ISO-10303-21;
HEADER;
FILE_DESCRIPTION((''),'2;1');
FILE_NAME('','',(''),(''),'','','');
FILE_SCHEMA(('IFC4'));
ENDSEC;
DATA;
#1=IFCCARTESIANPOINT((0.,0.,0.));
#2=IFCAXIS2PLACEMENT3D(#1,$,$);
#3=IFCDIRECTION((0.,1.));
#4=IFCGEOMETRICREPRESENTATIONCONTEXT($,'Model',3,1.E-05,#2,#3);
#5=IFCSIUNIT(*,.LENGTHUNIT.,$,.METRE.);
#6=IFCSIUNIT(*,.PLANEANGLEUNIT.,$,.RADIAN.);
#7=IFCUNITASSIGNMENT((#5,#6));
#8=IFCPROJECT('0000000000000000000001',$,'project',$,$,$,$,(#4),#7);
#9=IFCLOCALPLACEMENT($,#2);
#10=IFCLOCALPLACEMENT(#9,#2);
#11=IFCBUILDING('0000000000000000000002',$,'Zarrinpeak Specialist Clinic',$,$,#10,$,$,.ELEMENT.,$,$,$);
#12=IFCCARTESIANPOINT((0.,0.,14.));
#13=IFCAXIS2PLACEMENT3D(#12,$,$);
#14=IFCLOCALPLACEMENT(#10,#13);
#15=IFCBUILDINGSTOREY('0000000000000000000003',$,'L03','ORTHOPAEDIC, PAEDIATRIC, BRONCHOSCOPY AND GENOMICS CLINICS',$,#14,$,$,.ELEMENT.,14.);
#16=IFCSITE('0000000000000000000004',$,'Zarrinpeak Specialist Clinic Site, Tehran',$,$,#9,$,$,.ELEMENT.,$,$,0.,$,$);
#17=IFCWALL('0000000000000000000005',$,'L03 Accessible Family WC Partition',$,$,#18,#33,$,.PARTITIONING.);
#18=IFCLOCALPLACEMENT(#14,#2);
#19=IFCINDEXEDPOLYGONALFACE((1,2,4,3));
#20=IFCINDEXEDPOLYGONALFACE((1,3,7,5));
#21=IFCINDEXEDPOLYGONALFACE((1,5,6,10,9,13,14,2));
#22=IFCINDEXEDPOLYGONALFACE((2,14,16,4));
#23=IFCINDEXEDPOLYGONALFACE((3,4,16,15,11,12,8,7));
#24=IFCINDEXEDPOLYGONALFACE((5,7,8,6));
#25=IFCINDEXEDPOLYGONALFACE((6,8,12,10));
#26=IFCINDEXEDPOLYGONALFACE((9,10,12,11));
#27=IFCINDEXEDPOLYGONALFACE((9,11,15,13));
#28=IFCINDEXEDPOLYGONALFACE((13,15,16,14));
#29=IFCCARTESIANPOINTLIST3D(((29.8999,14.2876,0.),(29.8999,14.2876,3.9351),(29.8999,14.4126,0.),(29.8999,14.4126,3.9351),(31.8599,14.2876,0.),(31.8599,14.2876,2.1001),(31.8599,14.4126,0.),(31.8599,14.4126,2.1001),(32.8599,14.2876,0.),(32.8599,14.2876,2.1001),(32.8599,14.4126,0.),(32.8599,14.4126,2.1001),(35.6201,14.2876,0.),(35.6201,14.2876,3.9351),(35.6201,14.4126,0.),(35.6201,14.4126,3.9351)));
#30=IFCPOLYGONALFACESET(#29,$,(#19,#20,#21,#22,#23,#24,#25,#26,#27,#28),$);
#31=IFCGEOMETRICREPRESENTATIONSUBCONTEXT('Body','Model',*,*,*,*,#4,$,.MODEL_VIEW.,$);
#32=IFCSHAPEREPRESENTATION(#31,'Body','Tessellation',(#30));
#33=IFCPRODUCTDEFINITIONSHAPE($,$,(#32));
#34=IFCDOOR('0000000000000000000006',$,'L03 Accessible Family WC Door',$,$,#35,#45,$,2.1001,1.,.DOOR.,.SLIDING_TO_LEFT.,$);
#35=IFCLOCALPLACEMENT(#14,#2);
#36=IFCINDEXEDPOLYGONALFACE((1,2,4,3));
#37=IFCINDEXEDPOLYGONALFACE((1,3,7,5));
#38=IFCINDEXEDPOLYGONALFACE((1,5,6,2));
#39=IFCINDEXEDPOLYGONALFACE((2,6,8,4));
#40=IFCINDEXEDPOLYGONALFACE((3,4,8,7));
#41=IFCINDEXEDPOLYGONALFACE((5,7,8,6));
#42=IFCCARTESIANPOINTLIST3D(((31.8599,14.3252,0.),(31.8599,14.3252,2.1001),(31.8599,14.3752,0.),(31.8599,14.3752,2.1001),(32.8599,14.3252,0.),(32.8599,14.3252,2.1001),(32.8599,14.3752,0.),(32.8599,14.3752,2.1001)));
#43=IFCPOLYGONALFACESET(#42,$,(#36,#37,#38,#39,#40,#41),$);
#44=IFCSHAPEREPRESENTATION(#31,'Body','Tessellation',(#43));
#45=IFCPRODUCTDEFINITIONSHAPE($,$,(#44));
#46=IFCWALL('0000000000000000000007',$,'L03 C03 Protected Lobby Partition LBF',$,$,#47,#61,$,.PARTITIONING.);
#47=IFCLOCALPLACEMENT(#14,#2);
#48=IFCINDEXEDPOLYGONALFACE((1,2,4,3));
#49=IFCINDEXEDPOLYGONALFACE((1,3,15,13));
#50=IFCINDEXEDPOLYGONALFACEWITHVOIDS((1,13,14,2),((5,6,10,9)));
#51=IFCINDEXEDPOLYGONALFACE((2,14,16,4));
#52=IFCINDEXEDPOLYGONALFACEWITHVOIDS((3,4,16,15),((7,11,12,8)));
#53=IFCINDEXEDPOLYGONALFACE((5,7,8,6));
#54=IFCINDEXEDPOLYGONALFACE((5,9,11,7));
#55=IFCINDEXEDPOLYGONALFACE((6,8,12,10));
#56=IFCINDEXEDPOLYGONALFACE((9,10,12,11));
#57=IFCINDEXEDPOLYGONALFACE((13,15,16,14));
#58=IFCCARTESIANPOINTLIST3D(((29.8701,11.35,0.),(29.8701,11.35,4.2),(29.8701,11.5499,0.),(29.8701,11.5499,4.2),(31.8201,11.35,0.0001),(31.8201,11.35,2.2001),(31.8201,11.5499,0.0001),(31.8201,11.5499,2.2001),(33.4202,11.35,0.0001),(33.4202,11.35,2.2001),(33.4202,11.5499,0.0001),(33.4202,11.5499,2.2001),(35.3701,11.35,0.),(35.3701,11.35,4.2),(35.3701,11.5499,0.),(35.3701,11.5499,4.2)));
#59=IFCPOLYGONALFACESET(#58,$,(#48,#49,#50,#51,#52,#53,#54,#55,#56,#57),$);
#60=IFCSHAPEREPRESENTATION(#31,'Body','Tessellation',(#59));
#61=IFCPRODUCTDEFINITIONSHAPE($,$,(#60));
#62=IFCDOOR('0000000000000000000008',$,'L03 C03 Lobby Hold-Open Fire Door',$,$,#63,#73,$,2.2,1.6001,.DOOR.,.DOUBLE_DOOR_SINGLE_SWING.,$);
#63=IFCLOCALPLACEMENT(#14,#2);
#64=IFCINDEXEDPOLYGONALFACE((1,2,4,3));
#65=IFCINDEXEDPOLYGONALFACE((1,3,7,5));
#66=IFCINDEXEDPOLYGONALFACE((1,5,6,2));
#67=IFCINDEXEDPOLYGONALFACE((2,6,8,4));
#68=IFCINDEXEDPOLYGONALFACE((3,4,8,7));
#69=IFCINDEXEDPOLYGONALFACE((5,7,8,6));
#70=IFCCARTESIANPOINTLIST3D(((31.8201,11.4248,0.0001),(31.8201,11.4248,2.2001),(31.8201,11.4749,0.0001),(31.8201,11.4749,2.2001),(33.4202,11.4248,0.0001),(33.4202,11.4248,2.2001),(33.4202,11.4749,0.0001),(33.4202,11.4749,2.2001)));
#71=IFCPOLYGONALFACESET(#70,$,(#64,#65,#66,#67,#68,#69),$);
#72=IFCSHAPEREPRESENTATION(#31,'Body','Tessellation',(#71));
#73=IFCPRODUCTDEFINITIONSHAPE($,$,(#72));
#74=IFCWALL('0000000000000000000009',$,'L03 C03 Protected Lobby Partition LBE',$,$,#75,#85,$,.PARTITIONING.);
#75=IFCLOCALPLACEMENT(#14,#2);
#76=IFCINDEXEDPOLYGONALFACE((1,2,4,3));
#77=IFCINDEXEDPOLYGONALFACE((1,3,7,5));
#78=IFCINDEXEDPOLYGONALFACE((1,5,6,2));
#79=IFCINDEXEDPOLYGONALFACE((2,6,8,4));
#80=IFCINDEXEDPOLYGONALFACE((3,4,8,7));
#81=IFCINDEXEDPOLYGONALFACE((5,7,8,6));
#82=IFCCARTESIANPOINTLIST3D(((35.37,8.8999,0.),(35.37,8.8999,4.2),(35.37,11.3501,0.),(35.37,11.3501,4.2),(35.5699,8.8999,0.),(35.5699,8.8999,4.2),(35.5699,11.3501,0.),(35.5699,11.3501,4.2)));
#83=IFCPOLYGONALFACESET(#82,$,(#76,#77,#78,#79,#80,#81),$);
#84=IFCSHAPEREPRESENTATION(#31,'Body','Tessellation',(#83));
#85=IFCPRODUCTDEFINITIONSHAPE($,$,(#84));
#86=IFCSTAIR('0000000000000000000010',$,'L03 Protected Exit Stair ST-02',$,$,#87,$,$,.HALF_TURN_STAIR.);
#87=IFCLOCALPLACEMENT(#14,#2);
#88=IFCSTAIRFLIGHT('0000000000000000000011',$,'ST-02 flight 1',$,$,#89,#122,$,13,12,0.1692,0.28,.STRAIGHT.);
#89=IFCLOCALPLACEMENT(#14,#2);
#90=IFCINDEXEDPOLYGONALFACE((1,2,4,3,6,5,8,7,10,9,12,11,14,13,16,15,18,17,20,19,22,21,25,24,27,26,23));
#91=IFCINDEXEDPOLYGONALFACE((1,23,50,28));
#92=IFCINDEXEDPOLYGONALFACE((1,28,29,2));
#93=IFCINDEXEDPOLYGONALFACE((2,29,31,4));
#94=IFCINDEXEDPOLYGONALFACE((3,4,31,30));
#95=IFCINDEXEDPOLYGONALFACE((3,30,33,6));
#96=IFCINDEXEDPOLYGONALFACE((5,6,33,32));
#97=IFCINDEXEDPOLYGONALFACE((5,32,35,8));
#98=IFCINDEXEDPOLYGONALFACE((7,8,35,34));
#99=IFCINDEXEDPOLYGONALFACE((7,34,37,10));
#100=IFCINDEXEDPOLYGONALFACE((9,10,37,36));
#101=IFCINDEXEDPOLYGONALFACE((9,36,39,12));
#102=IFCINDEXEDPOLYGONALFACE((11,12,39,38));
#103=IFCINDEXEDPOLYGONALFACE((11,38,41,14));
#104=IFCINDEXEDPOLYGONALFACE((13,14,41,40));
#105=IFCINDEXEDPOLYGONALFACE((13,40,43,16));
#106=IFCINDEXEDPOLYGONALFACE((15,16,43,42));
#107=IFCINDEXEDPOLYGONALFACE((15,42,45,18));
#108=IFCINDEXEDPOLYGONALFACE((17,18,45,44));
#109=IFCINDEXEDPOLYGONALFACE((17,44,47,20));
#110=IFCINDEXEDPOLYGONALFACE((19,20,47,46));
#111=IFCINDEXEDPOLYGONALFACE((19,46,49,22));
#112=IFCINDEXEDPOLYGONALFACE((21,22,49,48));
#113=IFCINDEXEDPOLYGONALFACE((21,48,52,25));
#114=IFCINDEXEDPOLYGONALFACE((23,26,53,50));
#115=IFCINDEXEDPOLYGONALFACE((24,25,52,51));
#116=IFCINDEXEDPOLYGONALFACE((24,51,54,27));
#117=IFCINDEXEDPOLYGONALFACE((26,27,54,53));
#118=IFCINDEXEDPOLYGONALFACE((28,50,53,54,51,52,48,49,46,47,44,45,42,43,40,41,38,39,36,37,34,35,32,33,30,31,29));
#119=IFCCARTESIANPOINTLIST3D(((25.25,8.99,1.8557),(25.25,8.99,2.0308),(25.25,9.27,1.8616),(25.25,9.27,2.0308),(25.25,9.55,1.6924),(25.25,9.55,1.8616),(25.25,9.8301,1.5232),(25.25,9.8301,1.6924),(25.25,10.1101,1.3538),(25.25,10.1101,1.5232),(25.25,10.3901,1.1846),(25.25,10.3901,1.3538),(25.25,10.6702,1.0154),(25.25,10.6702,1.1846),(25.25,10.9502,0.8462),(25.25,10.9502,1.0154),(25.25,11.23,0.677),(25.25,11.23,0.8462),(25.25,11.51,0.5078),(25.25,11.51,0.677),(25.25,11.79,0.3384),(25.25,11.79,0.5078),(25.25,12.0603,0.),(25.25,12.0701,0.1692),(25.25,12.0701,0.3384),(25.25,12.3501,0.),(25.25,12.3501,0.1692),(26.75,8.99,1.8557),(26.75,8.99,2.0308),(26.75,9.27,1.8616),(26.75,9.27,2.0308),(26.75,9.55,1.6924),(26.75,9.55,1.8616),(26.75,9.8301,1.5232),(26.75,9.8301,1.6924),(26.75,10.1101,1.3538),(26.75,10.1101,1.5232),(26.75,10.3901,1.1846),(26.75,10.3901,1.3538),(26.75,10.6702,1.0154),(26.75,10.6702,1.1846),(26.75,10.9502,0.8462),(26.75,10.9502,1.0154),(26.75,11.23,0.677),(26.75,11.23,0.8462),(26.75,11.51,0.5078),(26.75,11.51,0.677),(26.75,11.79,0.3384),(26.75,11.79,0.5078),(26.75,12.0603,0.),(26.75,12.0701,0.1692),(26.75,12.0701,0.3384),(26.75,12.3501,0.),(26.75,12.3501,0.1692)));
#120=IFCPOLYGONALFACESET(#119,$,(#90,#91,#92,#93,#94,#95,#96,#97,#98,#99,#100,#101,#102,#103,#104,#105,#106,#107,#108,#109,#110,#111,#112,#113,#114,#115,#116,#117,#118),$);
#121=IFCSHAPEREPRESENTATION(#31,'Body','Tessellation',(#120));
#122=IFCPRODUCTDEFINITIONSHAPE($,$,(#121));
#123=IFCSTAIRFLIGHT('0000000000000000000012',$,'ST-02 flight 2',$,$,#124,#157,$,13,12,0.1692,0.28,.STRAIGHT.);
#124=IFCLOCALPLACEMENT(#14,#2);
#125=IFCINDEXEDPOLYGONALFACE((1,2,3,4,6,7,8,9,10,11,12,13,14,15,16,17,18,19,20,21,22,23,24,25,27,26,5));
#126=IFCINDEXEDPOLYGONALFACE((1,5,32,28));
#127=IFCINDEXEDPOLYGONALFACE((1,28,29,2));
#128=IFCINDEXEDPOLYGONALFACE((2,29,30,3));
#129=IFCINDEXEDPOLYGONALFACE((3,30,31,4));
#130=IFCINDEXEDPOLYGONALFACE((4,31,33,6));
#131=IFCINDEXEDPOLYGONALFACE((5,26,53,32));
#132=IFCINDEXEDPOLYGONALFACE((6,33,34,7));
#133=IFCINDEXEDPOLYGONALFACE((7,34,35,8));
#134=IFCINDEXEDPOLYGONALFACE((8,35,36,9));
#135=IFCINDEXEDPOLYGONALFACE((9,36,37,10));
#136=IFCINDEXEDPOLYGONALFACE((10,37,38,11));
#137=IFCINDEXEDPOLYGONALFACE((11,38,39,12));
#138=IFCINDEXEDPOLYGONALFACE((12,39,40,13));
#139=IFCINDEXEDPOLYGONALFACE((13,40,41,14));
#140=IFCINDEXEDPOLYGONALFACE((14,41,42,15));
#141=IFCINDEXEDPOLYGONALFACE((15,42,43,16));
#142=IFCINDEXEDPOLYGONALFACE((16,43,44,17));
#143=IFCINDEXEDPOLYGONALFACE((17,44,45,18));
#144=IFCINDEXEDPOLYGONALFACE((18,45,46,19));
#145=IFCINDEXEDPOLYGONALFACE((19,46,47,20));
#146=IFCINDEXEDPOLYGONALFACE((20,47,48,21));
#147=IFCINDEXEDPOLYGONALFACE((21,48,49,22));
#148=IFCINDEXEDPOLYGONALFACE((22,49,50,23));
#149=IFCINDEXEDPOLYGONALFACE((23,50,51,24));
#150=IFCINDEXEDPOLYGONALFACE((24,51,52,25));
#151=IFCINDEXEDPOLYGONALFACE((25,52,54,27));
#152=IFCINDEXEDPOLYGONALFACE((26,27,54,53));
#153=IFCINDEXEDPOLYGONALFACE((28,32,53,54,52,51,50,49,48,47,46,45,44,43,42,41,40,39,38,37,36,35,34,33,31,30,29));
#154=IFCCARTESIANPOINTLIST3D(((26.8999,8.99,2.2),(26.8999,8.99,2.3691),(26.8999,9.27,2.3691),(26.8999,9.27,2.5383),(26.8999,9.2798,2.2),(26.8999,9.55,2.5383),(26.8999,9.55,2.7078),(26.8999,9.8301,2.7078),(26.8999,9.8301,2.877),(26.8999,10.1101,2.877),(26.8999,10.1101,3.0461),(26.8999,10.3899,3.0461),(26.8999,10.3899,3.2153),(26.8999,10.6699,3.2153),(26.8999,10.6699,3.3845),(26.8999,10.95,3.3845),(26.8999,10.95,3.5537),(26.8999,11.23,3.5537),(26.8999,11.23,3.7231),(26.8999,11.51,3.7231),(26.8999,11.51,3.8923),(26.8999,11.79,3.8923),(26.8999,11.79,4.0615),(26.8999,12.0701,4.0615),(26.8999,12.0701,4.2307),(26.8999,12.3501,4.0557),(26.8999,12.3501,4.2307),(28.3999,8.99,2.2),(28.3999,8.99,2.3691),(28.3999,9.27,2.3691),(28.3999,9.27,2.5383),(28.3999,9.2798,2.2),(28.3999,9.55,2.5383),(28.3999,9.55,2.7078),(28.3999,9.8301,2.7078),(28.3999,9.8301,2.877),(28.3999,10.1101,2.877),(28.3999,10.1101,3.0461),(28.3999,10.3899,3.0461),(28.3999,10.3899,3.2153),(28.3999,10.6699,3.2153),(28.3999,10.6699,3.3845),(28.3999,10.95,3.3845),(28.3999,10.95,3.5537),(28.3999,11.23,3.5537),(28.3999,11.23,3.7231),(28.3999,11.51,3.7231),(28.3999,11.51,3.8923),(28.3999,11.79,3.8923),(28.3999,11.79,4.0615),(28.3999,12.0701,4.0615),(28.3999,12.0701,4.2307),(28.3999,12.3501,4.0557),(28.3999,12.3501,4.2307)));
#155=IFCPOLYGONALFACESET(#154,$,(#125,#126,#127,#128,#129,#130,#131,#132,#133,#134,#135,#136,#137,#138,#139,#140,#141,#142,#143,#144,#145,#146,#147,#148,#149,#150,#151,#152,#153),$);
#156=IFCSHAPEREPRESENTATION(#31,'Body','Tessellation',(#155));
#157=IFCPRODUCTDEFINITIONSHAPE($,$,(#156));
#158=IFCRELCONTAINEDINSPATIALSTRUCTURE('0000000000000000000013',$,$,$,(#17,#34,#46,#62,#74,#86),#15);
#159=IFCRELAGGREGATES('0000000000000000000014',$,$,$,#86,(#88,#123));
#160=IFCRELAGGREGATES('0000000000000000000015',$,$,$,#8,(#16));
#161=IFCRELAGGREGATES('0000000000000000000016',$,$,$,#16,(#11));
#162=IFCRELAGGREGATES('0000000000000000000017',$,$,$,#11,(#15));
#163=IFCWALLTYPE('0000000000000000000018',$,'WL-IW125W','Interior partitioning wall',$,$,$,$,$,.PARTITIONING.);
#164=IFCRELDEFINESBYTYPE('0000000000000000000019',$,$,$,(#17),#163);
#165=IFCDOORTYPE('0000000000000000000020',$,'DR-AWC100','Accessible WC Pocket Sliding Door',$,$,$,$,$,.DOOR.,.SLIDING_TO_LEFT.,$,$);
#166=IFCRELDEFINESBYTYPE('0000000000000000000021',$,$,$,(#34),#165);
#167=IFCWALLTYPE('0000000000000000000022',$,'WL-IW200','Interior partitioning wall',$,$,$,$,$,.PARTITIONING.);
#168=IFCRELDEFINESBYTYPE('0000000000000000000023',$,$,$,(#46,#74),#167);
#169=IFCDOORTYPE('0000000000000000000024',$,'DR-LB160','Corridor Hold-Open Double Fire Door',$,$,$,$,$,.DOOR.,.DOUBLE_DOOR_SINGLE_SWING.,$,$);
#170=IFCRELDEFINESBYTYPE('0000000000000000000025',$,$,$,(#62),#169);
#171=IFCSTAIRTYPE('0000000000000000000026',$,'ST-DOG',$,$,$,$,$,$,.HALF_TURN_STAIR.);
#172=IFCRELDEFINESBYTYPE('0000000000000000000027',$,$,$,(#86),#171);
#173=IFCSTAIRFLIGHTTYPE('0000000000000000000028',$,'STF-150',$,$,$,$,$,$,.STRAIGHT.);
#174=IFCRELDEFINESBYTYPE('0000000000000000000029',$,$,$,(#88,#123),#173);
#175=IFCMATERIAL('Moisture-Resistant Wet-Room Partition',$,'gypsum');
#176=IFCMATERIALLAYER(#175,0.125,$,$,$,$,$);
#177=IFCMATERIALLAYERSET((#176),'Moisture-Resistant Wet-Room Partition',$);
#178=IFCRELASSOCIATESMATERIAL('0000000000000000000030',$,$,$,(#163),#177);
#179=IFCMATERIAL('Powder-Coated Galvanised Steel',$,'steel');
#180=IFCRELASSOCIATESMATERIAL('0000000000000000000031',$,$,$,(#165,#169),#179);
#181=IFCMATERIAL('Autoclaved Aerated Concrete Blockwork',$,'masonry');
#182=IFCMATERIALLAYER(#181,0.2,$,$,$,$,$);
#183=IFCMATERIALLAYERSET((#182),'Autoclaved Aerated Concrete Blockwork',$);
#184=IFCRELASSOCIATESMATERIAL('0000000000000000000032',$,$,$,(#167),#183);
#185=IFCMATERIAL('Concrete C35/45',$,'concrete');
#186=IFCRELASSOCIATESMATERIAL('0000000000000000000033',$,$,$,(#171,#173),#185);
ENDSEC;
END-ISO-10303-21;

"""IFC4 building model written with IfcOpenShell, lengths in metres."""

from ifc_helpers import new_model, si_unit, direction, frame, frame_2d, origin, place, context, subcontext, project, spatial, polyline, rectangle, outline, extrude, material, layer, layer_set, type_object, element, fill, aggregate, save


model = new_model("IFC4")

# Units and contexts
model_context = context("Model", 3, precision=1e-05, world=origin(), true_north=direction((0.0, 1.0)))
body_context = subcontext(model_context, "Body", "Model", "MODEL_VIEW")
ifc_project = project(units=[si_unit("LENGTHUNIT", "METRE"), si_unit("PLANEANGLEUNIT", "RADIAN")], contexts=[model_context])

# Site, building, storey
site_placement = place(None, origin())
site = spatial("IfcSite", under=ifc_project, at=site_placement, Name="Zarrinpeak Specialist Clinic Site, Tehran", CompositionType="ELEMENT", RefElevation=0.0)
building_placement = place(site_placement, origin())
building = spatial("IfcBuilding", under=site, at=building_placement, Name="Zarrinpeak Specialist Clinic", CompositionType="ELEMENT")
storey_placement = place(building_placement, frame((0.0, 0.0, 14.0)))
storey = spatial("IfcBuildingStorey", under=building, at=storey_placement, Name="L03", Description="ORTHOPAEDIC, PAEDIATRIC, BRONCHOSCOPY AND GENOMICS CLINICS", CompositionType="ELEMENT", Elevation=14.0)

# Shared definitions
ifc_material_1 = material(Name="Powder-Coated Galvanised Steel", Category="steel")

# Walls, openings, doors
ifc_material_2 = material(Name="Moisture-Resistant Wet-Room Partition", Category="gypsum")
ifc_layer_1 = layer(ifc_material_2, 0.125)
ifc_layer_set_1 = layer_set([ifc_layer_1], Name="Moisture-Resistant Wet-Room Partition")
wall_type_1 = type_object("IfcWallType", Name="WL-IW125W", Description="Interior partitioning wall", PredefinedType="PARTITIONING", material=ifc_layer_set_1)
wall_1_placement = place(storey_placement, frame((29.8999, 14.3501, 0.0), z_axis=(0.0, 0.0, 1.0), x_axis=(1.0, 0.0, 0.0)))
wall_1 = element("IfcWall", 1, at=wall_1_placement, inside=storey, type_object=wall_type_1, Name="L03 Accessible Family WC Partition", PredefinedType="PARTITIONING", context=body_context, shape_type="SweptSolid", body=[
    extrude(rectangle(XDim=5.7202, YDim=0.125, at=frame_2d((2.8601, 0.0))), origin(), (0.0, 0.0, 1.0), 3.9351),
])
opening_1_placement = place(wall_1_placement, frame((1.96, 0.0, 0.0)))
opening_1 = element("IfcOpeningElement", 2, at=opening_1_placement, cuts=wall_1, PredefinedType="OPENING", context=body_context, shape_type="SweptSolid", body=[
    extrude(rectangle(XDim=1.0, YDim=2.1001, at=frame_2d((0.5, 1.05))), frame((0.0, 0.0725, 0.0), z_axis=(0.0, -1.0, 0.0), x_axis=(1.0, 0.0, 0.0)), (0.0, 0.0, 1.0), 0.145),
])
door_type_1 = type_object("IfcDoorType", Name="DR-AWC100", Description="Accessible WC Pocket Sliding Door", OperationType="SLIDING_TO_LEFT", PredefinedType="DOOR", material=ifc_material_1)
door_1_placement = place(opening_1_placement, frame((1.0, 0.0, 0.0), z_axis=(0.0, 0.0, 1.0), x_axis=(-1.0, 0.0, 0.0)))
door_1 = element("IfcDoor", 3, at=door_1_placement, inside=storey, type_object=door_type_1, Name="L03 Accessible Family WC Door", OperationType="SLIDING_TO_LEFT", OverallHeight=2.1001, OverallWidth=1.0, PredefinedType="DOOR", context=body_context, shape_type="SweptSolid", body=[
    extrude(rectangle(XDim=1.0, YDim=2.1001, at=frame_2d((0.5, 1.05))), frame((0.0, 0.0249, 0.0), z_axis=(0.0, -1.0, 0.0), x_axis=(1.0, 0.0, 0.0)), (0.0, 0.0, 1.0), 0.05),
])
fill(opening_1, door_1)
ifc_material_3 = material(Name="Autoclaved Aerated Concrete Blockwork", Category="masonry")
ifc_layer_2 = layer(ifc_material_3, 0.2)
ifc_layer_set_2 = layer_set([ifc_layer_2], Name="Autoclaved Aerated Concrete Blockwork")
wall_type_2 = type_object("IfcWallType", Name="WL-IW200", Description="Interior partitioning wall", PredefinedType="PARTITIONING", material=ifc_layer_set_2)
wall_2_placement = place(storey_placement, frame((29.8701, 11.45, 0.0), z_axis=(0.0, 0.0, 1.0), x_axis=(1.0, 0.0, 0.0)))
wall_2 = element("IfcWall", 4, at=wall_2_placement, inside=storey, type_object=wall_type_2, Name="L03 C03 Protected Lobby Partition LBF", PredefinedType="PARTITIONING", context=body_context, shape_type="SweptSolid", body=[
    extrude(rectangle(XDim=5.5, YDim=0.2, at=frame_2d((2.75, 0.0))), origin(), (0.0, 0.0, 1.0), 4.2),
])
opening_2_placement = place(wall_2_placement, frame((1.95, 0.0, 0.0)))
opening_2 = element("IfcOpeningElement", 5, at=opening_2_placement, cuts=wall_2, PredefinedType="OPENING", context=body_context, shape_type="SweptSolid", body=[
    extrude(rectangle(XDim=1.6001, YDim=2.2, at=frame_2d((0.8, 1.1001))), frame((0.0, 0.1099, 0.0), z_axis=(0.0, -1.0, 0.0), x_axis=(1.0, 0.0, 0.0)), (0.0, 0.0, 1.0), 0.22),
])
door_type_2 = type_object("IfcDoorType", Name="DR-LB160", Description="Corridor Hold-Open Double Fire Door", OperationType="DOUBLE_DOOR_SINGLE_SWING", PredefinedType="DOOR", material=ifc_material_1)
door_2_placement = place(opening_2_placement, origin())
door_2 = element("IfcDoor", 6, at=door_2_placement, inside=storey, type_object=door_type_2, Name="L03 C03 Lobby Hold-Open Fire Door", OperationType="DOUBLE_DOOR_SINGLE_SWING", OverallHeight=2.2, OverallWidth=1.6001, PredefinedType="DOOR", context=body_context, shape_type="SweptSolid", body=[
    extrude(rectangle(XDim=1.6001, YDim=2.2, at=frame_2d((0.8, 1.1001))), frame((0.0, 0.0249, 0.0), z_axis=(0.0, -1.0, 0.0), x_axis=(1.0, 0.0, 0.0)), (0.0, 0.0, 1.0), 0.05),
])
fill(opening_2, door_2)

# Wall
wall_3_placement = place(storey_placement, frame((35.47, 8.8999, 0.0), z_axis=(0.0, 0.0, 1.0), x_axis=(0.0, 1.0, 0.0)))
element("IfcWall", 7, at=wall_3_placement, inside=storey, type_object=wall_type_2, Name="L03 C03 Protected Lobby Partition LBE", PredefinedType="PARTITIONING", context=body_context, shape_type="SweptSolid", body=[
    extrude(rectangle(XDim=2.4502, YDim=0.2, at=frame_2d((1.2251, 0.0))), origin(), (0.0, 0.0, 1.0), 4.2),
])

# Stair, stair flights
ifc_material_4 = material(Name="Concrete C35/45", Category="concrete")
stair_type = type_object("IfcStairType", Name="ST-DOG", PredefinedType="HALF_TURN_STAIR", material=ifc_material_4)
stair_1_placement = place(storey_placement, origin())
stair_1 = element("IfcStair", 8, at=stair_1_placement, inside=storey, type_object=stair_type, Name="L03 Protected Exit Stair ST-02", PredefinedType="HALF_TURN_STAIR")
stair_flight_type = type_object("IfcStairFlightType", Name="STF-150", PredefinedType="STRAIGHT", material=ifc_material_4)
stair_flight_1_placement = place(storey_placement, frame((26.0, 12.3501, 0.0), z_axis=(0.0, 0.0, 1.0), x_axis=(0.0, -1.0, 0.0)))
stair_flight_1 = element("IfcStairFlight", 9, at=stair_flight_1_placement, type_object=stair_flight_type, Name="ST-02 flight 1", NumberOfRisers=13, NumberOfTreads=12, PredefinedType="STRAIGHT", RiserHeight=0.1692, TreadLength=0.28, context=body_context, shape_type="SweptSolid", body=[
    extrude(outline(polyline([(0.0, 0.0), (0.0, 0.1692), (0.28, 0.1692), (0.28, 0.3384), (0.5601, 0.3384), (0.5601, 0.5078), (0.8401, 0.5078), (0.8401, 0.677), (1.1201, 0.677), (1.1201, 0.8462), (1.3999, 0.8462), (1.3999, 1.0154), (1.6799, 1.0154), (1.6799, 1.1846), (1.96, 1.1846), (1.96, 1.3538), (2.24, 1.3538), (2.24, 1.5232), (2.52, 1.5232), (2.52, 1.6924), (2.8, 1.6924), (2.8, 1.8616), (3.0801, 1.8616), (3.0801, 2.0308), (3.3601, 2.0308), (3.3601, 2.2), (3.3601, 1.8557), (0.2898, 0.0), (0.0, 0.0)])), frame((0.0, 0.75, 0.0), z_axis=(0.0, -1.0, 0.0), x_axis=(1.0, 0.0, 0.0)), (0.0, 0.0, 1.0), 1.5),
])
stair_flight_2_placement = place(storey_placement, frame((27.6499, 8.99, 2.2), z_axis=(0.0, 0.0, 1.0), x_axis=(0.0, 1.0, 0.0)))
stair_flight_2 = element("IfcStairFlight", 10, at=stair_flight_2_placement, type_object=stair_flight_type, Name="ST-02 flight 2", NumberOfRisers=13, NumberOfTreads=12, PredefinedType="STRAIGHT", RiserHeight=0.1692, TreadLength=0.28, context=body_context, shape_type="SweptSolid", body=[
    extrude(outline(polyline([(0.0, 0.0), (0.0, 0.1692), (0.28, 0.1692), (0.28, 0.3384), (0.5601, 0.3384), (0.5601, 0.5078), (0.8401, 0.5078), (0.8401, 0.677), (1.1201, 0.677), (1.1201, 0.8462), (1.3999, 0.8462), (1.3999, 1.0154), (1.6799, 1.0154), (1.6799, 1.1846), (1.96, 1.1846), (1.96, 1.3538), (2.24, 1.3538), (2.24, 1.5232), (2.52, 1.5232), (2.52, 1.6924), (2.8, 1.6924), (2.8, 1.8616), (3.0801, 1.8616), (3.0801, 2.0308), (3.3601, 2.0308), (3.3601, 2.2), (3.3601, 1.8557), (0.2898, 0.0), (0.0, 0.0)])), frame((0.0, 0.75, 0.0), z_axis=(0.0, -1.0, 0.0), x_axis=(1.0, 0.0, 0.0)), (0.0, 0.0, 1.0), 1.5),
])
aggregate(stair_1, [stair_flight_1, stair_flight_2])

save(model, "model.ifc")
